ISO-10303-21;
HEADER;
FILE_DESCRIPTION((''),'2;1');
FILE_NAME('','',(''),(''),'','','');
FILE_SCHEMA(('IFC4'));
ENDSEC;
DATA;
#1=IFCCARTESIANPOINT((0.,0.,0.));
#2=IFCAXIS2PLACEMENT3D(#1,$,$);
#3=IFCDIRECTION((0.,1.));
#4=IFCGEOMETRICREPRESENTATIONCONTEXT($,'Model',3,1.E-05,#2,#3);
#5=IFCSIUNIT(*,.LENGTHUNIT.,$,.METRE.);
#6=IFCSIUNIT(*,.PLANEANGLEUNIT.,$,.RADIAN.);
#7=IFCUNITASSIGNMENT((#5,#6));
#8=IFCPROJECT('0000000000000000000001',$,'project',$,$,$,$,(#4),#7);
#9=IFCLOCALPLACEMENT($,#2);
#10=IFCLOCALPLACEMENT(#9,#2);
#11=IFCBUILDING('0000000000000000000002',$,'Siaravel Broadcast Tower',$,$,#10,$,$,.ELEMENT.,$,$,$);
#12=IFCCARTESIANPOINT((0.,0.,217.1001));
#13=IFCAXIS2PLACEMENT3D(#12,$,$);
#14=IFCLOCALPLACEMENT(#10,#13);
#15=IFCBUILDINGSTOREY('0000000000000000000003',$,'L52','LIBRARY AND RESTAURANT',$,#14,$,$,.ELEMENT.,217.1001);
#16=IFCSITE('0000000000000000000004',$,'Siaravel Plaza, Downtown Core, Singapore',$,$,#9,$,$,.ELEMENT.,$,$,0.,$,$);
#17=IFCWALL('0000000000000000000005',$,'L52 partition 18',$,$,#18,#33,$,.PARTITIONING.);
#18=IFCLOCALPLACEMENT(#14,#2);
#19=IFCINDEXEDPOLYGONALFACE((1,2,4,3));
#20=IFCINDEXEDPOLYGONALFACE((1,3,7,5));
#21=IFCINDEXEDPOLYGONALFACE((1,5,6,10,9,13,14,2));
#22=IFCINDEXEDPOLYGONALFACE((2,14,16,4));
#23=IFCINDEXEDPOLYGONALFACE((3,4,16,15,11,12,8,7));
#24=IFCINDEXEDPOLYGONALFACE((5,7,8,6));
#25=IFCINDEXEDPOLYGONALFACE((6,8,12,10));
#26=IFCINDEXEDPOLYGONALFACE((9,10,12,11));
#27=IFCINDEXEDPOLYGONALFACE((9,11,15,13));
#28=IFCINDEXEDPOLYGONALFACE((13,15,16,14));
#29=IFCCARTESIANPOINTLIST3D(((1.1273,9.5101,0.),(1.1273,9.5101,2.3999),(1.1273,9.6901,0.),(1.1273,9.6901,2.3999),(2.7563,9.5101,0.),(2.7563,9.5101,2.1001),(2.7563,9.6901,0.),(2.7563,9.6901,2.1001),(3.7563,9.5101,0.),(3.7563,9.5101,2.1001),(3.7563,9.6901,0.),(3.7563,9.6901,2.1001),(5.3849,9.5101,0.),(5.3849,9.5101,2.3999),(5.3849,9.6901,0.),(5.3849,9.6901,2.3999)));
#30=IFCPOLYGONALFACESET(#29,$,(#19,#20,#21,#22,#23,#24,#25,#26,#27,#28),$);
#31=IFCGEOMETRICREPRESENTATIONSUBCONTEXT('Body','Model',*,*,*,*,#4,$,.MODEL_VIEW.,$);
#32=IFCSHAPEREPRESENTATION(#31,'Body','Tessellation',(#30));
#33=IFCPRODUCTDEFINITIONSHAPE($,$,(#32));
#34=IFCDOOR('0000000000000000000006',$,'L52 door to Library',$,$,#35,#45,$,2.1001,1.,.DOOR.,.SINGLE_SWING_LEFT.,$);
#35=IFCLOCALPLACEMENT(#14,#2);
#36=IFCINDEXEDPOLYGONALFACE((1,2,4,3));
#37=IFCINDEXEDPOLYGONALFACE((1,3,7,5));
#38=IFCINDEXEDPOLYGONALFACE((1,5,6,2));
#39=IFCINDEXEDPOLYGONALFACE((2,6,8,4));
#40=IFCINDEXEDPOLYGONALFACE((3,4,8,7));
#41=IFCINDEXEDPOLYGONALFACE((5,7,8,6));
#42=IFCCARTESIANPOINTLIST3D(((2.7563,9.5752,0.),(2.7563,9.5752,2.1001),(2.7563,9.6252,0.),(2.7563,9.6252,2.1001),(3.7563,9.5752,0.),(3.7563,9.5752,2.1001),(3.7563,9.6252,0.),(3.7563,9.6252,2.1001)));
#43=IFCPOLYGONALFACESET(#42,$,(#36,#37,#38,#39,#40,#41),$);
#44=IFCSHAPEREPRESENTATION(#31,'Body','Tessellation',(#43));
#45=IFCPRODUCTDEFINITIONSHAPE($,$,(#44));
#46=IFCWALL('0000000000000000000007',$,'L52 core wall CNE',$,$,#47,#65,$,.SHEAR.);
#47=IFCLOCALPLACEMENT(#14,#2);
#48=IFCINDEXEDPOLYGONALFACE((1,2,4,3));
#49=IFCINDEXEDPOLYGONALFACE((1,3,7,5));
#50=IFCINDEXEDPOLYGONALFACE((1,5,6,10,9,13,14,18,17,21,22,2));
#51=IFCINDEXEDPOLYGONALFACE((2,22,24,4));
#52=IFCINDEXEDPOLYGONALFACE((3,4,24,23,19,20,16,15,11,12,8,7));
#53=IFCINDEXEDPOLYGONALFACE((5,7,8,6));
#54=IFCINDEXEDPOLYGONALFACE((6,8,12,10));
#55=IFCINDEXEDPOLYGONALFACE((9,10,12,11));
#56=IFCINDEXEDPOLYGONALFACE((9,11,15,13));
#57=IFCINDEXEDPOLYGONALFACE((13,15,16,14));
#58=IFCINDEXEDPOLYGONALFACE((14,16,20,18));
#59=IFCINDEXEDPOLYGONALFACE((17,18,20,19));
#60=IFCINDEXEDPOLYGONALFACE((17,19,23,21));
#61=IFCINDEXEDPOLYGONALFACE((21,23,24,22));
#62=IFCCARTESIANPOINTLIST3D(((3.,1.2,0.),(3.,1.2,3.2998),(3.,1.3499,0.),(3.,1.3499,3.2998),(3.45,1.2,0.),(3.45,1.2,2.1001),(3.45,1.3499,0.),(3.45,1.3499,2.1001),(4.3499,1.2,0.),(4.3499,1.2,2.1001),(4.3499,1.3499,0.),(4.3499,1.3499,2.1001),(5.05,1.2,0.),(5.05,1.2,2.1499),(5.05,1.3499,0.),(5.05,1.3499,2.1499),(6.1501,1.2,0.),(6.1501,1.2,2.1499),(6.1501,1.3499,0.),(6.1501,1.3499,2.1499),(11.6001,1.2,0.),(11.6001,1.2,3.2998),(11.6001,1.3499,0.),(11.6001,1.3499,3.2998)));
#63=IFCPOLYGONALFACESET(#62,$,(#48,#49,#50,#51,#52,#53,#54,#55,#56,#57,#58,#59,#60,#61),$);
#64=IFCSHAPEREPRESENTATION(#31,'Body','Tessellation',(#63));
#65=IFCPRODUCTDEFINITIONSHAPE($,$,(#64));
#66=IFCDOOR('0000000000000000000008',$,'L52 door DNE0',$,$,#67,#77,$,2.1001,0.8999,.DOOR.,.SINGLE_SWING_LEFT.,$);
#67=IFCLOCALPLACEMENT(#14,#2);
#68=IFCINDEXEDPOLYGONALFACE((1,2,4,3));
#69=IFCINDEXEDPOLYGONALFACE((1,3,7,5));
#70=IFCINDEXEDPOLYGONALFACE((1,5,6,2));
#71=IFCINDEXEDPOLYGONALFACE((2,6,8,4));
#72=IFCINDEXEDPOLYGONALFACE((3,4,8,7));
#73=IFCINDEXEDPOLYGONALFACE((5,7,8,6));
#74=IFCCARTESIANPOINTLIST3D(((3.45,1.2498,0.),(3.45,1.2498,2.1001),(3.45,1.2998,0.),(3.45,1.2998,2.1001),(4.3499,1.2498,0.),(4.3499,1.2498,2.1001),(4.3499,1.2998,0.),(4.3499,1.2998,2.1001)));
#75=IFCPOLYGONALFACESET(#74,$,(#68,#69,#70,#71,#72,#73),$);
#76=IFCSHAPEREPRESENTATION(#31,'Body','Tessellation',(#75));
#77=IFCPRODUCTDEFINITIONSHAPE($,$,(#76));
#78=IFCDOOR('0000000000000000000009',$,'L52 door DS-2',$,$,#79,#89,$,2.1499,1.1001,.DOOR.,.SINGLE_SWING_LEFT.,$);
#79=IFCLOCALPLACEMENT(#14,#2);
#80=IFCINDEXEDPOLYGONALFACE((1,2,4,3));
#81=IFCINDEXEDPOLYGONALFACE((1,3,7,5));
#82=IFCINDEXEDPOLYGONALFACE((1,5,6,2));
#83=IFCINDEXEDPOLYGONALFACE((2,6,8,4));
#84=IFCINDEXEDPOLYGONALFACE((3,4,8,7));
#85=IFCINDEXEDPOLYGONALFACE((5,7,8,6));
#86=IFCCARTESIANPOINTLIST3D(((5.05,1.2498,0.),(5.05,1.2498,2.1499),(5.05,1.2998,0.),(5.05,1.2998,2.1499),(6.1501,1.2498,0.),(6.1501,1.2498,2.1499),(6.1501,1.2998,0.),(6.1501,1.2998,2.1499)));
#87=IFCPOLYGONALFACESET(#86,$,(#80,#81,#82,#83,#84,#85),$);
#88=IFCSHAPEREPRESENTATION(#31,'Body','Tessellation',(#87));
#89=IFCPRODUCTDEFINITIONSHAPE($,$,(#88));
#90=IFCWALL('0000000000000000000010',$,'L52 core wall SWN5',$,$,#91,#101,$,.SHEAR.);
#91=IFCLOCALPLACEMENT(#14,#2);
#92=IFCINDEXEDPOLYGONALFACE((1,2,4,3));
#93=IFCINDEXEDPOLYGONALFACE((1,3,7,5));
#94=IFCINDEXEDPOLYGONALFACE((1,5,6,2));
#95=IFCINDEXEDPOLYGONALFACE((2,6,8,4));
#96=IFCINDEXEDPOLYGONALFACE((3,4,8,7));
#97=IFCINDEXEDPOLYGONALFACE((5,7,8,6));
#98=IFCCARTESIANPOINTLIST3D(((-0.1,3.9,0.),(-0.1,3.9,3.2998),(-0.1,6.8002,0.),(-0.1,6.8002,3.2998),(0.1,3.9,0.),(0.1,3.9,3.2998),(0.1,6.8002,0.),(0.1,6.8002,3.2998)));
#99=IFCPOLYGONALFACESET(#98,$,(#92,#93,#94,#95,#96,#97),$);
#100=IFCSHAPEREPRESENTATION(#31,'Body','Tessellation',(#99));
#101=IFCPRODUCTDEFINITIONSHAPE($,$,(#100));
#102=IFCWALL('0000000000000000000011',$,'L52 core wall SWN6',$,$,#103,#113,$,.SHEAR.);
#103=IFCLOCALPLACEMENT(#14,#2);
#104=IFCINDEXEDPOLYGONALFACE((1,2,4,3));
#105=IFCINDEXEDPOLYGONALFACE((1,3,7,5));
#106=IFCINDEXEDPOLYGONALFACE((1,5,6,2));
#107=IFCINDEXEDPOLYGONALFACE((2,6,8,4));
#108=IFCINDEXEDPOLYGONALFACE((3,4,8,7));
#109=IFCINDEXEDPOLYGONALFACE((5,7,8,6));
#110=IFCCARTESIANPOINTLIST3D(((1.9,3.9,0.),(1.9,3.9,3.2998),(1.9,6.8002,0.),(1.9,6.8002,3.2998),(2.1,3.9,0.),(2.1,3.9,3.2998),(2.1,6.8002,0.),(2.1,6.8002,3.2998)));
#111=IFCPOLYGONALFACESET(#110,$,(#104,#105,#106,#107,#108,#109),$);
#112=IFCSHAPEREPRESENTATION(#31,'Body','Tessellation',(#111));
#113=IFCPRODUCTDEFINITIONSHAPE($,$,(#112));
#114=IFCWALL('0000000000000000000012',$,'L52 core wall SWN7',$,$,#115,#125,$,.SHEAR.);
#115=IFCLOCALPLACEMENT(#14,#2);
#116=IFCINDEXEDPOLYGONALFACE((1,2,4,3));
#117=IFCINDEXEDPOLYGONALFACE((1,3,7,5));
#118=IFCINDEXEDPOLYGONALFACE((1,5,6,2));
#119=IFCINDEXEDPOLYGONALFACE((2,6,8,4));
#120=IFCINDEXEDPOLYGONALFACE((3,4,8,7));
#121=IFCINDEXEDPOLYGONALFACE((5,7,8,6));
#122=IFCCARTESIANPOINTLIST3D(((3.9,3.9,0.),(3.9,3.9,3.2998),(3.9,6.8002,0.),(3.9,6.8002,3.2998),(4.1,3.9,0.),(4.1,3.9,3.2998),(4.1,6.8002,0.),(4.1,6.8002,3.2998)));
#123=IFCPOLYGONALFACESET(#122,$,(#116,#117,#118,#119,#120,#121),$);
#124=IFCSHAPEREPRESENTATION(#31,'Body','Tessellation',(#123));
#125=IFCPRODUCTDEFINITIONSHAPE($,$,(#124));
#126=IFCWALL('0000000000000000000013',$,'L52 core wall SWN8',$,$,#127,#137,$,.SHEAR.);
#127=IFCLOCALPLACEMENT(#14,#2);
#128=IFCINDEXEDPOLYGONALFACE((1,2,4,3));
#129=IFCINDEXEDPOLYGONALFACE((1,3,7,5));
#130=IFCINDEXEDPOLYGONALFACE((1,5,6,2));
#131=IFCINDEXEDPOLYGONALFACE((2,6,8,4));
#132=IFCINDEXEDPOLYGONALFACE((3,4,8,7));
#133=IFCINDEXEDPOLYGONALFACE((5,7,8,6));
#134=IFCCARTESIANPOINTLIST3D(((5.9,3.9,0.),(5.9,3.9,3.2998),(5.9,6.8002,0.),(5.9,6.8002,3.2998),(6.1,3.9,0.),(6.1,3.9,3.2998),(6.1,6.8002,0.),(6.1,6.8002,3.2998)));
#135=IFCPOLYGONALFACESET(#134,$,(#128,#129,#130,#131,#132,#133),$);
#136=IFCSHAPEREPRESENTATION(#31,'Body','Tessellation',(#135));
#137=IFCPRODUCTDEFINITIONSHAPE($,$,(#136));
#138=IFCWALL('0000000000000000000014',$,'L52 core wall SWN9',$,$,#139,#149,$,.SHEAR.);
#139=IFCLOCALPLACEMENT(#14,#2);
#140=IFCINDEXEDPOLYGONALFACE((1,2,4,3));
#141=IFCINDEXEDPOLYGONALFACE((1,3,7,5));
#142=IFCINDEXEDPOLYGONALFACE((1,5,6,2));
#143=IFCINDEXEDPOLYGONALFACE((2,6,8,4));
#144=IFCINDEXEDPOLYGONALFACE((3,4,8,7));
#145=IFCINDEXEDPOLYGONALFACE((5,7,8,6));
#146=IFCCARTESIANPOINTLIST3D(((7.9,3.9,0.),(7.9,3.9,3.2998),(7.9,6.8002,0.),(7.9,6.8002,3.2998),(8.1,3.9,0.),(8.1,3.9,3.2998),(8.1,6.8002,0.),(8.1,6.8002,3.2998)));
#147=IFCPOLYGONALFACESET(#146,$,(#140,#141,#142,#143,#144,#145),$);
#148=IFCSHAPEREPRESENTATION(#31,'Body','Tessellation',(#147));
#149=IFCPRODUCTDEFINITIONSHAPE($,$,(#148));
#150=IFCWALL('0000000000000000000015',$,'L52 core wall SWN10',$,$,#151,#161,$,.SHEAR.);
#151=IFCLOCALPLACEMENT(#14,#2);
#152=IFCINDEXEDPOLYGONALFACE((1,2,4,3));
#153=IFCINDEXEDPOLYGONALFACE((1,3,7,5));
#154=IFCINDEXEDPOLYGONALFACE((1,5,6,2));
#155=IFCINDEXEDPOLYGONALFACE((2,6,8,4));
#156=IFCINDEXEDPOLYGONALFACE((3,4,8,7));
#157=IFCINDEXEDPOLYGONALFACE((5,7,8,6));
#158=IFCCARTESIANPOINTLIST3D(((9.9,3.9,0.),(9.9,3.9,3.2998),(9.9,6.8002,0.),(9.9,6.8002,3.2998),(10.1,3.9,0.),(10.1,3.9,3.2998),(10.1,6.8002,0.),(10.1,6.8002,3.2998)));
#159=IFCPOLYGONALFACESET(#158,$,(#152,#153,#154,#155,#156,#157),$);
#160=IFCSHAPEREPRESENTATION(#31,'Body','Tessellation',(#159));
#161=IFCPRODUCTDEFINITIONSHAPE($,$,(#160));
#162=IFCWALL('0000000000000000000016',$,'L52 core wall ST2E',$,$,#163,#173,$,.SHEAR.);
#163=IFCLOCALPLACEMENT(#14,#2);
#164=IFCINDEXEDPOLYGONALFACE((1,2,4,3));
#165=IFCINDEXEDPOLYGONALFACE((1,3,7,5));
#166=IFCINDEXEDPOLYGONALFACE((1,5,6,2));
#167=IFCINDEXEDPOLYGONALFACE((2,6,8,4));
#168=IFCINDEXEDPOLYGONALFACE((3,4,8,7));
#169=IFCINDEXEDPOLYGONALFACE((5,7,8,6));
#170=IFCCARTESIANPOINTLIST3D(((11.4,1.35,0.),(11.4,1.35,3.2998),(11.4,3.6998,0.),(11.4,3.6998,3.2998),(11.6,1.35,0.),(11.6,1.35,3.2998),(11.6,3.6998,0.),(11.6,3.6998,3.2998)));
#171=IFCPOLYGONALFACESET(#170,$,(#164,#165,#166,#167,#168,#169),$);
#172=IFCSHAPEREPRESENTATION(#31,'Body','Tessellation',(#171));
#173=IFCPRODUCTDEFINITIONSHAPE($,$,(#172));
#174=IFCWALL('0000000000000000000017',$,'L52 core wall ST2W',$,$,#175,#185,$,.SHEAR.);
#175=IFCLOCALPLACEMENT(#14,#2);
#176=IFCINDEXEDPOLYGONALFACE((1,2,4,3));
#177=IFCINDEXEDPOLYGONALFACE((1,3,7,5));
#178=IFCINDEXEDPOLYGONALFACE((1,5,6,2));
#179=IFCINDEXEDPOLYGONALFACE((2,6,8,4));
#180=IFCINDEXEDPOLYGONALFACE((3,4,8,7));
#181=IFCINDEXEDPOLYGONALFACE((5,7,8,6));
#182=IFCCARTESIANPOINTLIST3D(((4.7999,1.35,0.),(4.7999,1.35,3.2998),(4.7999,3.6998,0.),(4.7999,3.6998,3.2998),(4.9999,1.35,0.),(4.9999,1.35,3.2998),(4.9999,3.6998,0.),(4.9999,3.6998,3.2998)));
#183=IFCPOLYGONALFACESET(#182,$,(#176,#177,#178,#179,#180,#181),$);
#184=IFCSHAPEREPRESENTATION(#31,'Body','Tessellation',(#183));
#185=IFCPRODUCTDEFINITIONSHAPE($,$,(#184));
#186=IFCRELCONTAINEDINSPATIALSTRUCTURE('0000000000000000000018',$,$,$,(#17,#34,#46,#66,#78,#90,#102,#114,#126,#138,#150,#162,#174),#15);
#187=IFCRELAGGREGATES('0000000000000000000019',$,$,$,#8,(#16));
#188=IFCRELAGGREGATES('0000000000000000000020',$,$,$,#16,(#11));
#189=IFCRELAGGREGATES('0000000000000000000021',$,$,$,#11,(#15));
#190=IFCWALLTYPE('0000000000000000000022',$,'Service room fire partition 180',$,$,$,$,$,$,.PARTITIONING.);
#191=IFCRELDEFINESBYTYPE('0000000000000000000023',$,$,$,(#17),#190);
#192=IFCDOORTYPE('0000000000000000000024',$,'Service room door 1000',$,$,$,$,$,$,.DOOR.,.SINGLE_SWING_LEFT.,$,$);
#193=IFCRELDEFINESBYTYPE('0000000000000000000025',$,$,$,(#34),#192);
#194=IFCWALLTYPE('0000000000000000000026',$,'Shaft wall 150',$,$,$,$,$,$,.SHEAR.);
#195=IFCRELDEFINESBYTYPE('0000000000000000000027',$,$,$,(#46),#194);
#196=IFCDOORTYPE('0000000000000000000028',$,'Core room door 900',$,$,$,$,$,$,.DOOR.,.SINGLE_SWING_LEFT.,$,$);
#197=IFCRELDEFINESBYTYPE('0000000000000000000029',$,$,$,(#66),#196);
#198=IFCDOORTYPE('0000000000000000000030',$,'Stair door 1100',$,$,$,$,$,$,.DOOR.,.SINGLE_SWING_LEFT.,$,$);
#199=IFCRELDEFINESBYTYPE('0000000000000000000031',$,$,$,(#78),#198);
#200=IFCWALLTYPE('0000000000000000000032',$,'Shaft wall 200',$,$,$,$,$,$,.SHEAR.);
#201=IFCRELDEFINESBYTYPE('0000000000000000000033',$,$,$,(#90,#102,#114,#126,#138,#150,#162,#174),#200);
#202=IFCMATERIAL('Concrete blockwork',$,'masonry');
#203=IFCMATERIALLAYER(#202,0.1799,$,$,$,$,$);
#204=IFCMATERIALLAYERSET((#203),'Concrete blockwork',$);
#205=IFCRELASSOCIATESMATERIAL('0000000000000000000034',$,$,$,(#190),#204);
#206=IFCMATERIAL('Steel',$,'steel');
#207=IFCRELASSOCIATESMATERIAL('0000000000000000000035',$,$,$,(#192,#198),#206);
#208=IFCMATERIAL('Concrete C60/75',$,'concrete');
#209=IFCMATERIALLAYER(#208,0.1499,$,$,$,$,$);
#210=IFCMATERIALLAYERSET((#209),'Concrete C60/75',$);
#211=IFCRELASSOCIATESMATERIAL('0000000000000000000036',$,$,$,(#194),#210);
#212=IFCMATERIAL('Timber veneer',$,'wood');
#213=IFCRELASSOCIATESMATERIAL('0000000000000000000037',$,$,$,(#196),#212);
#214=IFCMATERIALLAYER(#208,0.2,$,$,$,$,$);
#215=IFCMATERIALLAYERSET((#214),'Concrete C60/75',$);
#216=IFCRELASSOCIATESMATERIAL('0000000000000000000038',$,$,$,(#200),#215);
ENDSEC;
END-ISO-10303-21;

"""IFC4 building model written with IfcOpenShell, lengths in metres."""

from ifc_helpers import new_model, si_unit, direction, frame, frame_2d, origin, place, context, subcontext, project, spatial, rectangle, extrude, material, layer, layer_set, type_object, element, fill, save


model = new_model("IFC4")

# Units and contexts
model_context = context("Model", 3, precision=1e-05, world=origin(), true_north=direction((0.0, 1.0)))
body_context = subcontext(model_context, "Body", "Model", "MODEL_VIEW")
ifc_project = project(units=[si_unit("LENGTHUNIT", "METRE"), si_unit("PLANEANGLEUNIT", "RADIAN")], contexts=[model_context])

# Site, building, storey
site_placement = place(None, origin())
site = spatial("IfcSite", under=ifc_project, at=site_placement, Name="Siaravel Plaza, Downtown Core, Singapore", CompositionType="ELEMENT", RefElevation=0.0)
building_placement = place(site_placement, origin())
building = spatial("IfcBuilding", under=site, at=building_placement, Name="Siaravel Broadcast Tower", CompositionType="ELEMENT")
storey_placement = place(building_placement, frame((0.0, 0.0, 217.1001)))
storey = spatial("IfcBuildingStorey", under=building, at=storey_placement, Name="L52", Description="LIBRARY AND RESTAURANT", CompositionType="ELEMENT", Elevation=217.1001)

# Shared definitions
ifc_material_1 = material(Name="Concrete blockwork", Category="masonry")

# Wall, opening, door
ifc_layer_1 = layer(ifc_material_1, 0.1799)
ifc_layer_set_1 = layer_set([ifc_layer_1], Name="Concrete blockwork")
wall_type_1 = type_object("IfcWallType", Name="Service room fire partition 180", PredefinedType="PARTITIONING", material=ifc_layer_set_1)
ifc_material_2 = material(Name="Steel", Category="steel")
door_type_1 = type_object("IfcDoorType", Name="Service room door 1000", OperationType="SINGLE_SWING_LEFT", PredefinedType="DOOR", material=ifc_material_2)
wall_1_placement = place(storey_placement, frame((5.385, 9.6001, 0.0), z_axis=(0.0, 0.0, 1.0), x_axis=(-1.0, 0.0, 0.0)))
wall_1 = element("IfcWall", 1, at=wall_1_placement, inside=storey, type_object=wall_type_1, Name="L52 partition 18", PredefinedType="PARTITIONING", context=body_context, shape_type="SweptSolid", body=[
    extrude(rectangle(XDim=4.2576, YDim=0.1799, at=frame_2d((2.1289, 0.0))), origin(), (0.0, 0.0, 1.0), 2.3999),
])
opening_1_placement = place(wall_1_placement, frame((1.6287, 0.0, 0.0)))
opening_1 = element("IfcOpeningElement", 2, at=opening_1_placement, cuts=wall_1, PredefinedType="OPENING", context=body_context, shape_type="SweptSolid", body=[
    extrude(rectangle(XDim=1.0, YDim=2.1001, at=frame_2d((0.5, 1.05))), frame((0.0, 0.0999, 0.0), z_axis=(0.0, -1.0, 0.0), x_axis=(1.0, 0.0, 0.0)), (0.0, 0.0, 1.0), 0.2),
])
door_1_placement = place(opening_1_placement, origin())
door_1 = element("IfcDoor", 3, at=door_1_placement, inside=storey, type_object=door_type_1, Name="L52 door to Library", OperationType="SINGLE_SWING_LEFT", OverallHeight=2.1001, OverallWidth=1.0, PredefinedType="DOOR", context=body_context, shape_type="SweptSolid", body=[
    extrude(rectangle(XDim=1.0, YDim=2.1001, at=frame_2d((0.5, 1.05))), frame((0.0, 0.0249, 0.0), z_axis=(0.0, -1.0, 0.0), x_axis=(1.0, 0.0, 0.0)), (0.0, 0.0, 1.0), 0.05),
])
fill(opening_1, door_1)

# Wall, openings, doors
ifc_material_3 = material(Name="Concrete C60/75", Category="concrete")
ifc_layer_2 = layer(ifc_material_3, 0.1499)
ifc_layer_set_2 = layer_set([ifc_layer_2], Name="Concrete C60/75")
wall_type_2 = type_object("IfcWallType", Name="Shaft wall 150", PredefinedType="SHEAR", material=ifc_layer_set_2)
wall_2_placement = place(storey_placement, frame((3.0, 1.2749, 0.0), z_axis=(0.0, 0.0, 1.0), x_axis=(1.0, 0.0, 0.0)))
wall_2 = element("IfcWall", 4, at=wall_2_placement, inside=storey, type_object=wall_type_2, Name="L52 core wall CNE", PredefinedType="SHEAR", context=body_context, shape_type="SweptSolid", body=[
    extrude(rectangle(XDim=8.6001, YDim=0.1499, at=frame_2d((4.3, 0.0))), origin(), (0.0, 0.0, 1.0), 3.2998),
])
opening_2_placement = place(wall_2_placement, frame((2.05, 0.0, 0.0)))
opening_2 = element("IfcOpeningElement", 5, at=opening_2_placement, cuts=wall_2, PredefinedType="OPENING", context=body_context, shape_type="SweptSolid", body=[
    extrude(rectangle(XDim=1.1001, YDim=2.1499, at=frame_2d((0.55, 1.075))), frame((0.0, 0.085, 0.0), z_axis=(0.0, -1.0, 0.0), x_axis=(1.0, 0.0, 0.0)), (0.0, 0.0, 1.0), 0.1699),
])
opening_3_placement = place(wall_2_placement, frame((0.45, 0.0, 0.0)))
opening_3 = element("IfcOpeningElement", 6, at=opening_3_placement, cuts=wall_2, PredefinedType="OPENING", context=body_context, shape_type="SweptSolid", body=[
    extrude(rectangle(XDim=0.8999, YDim=2.1001, at=frame_2d((0.45, 1.05))), frame((0.0, 0.085, 0.0), z_axis=(0.0, -1.0, 0.0), x_axis=(1.0, 0.0, 0.0)), (0.0, 0.0, 1.0), 0.1699),
])
ifc_material_4 = material(Name="Timber veneer", Category="wood")
door_type_2 = type_object("IfcDoorType", Name="Core room door 900", OperationType="SINGLE_SWING_LEFT", PredefinedType="DOOR", material=ifc_material_4)
door_2_placement = place(opening_3_placement, origin())
door_2 = element("IfcDoor", 7, at=door_2_placement, inside=storey, type_object=door_type_2, Name="L52 door DNE0", OperationType="SINGLE_SWING_LEFT", OverallHeight=2.1001, OverallWidth=0.8999, PredefinedType="DOOR", context=body_context, shape_type="SweptSolid", body=[
    extrude(rectangle(XDim=0.8999, YDim=2.1001, at=frame_2d((0.45, 1.05))), frame((0.0, 0.0249, 0.0), z_axis=(0.0, -1.0, 0.0), x_axis=(1.0, 0.0, 0.0)), (0.0, 0.0, 1.0), 0.05),
])
fill(opening_3, door_2)
door_type_3 = type_object("IfcDoorType", Name="Stair door 1100", OperationType="SINGLE_SWING_LEFT", PredefinedType="DOOR", material=ifc_material_2)
door_3_placement = place(opening_2_placement, origin())
door_3 = element("IfcDoor", 8, at=door_3_placement, inside=storey, type_object=door_type_3, Name="L52 door DS-2", OperationType="SINGLE_SWING_LEFT", OverallHeight=2.1499, OverallWidth=1.1001, PredefinedType="DOOR", context=body_context, shape_type="SweptSolid", body=[
    extrude(rectangle(XDim=1.1001, YDim=2.1499, at=frame_2d((0.55, 1.075))), frame((0.0, 0.0249, 0.0), z_axis=(0.0, -1.0, 0.0), x_axis=(1.0, 0.0, 0.0)), (0.0, 0.0, 1.0), 0.05),
])
fill(opening_2, door_3)

# Walls
ifc_layer_3 = layer(ifc_material_3, 0.2)
ifc_layer_set_3 = layer_set([ifc_layer_3], Name="Concrete C60/75")
wall_type_3 = type_object("IfcWallType", Name="Shaft wall 200", PredefinedType="SHEAR", material=ifc_layer_set_3)
for number, where, z_axis, x_axis, name in (
    (9, (0.0, 3.8999, 0.0), (0.0, 0.0, 1.0), (0.0, 1.0, 0.0), "L52 core wall SWN5"),
    (10, (2.0, 3.8999, 0.0), (0.0, 0.0, 1.0), (0.0, 1.0, 0.0), "L52 core wall SWN6"),
    (11, (4.0, 3.8999, 0.0), (0.0, 0.0, 1.0), (0.0, 1.0, 0.0), "L52 core wall SWN7"),
    (12, (6.0, 3.8999, 0.0), (0.0, 0.0, 1.0), (0.0, 1.0, 0.0), "L52 core wall SWN8"),
    (13, (8.0, 3.8999, 0.0), (0.0, 0.0, 1.0), (0.0, 1.0, 0.0), "L52 core wall SWN9"),
    (14, (10.0, 3.8999, 0.0), (0.0, 0.0, 1.0), (0.0, 1.0, 0.0), "L52 core wall SWN10"),
):
    element("IfcWall", number, at=place(storey_placement, frame(where, z_axis=z_axis, x_axis=x_axis)), inside=storey, type_object=wall_type_3, Name=name, PredefinedType="SHEAR", context=body_context, shape_type="SweptSolid", body=[
        extrude(rectangle(XDim=2.9001, YDim=0.2, at=frame_2d((1.4502, 0.0))), origin(), (0.0, 0.0, 1.0), 3.2998),
    ])
for number, where, z_axis, x_axis, name in (
    (15, (11.5, 1.3501, 0.0), (0.0, 0.0, 1.0), (0.0, 1.0, 0.0), "L52 core wall ST2E"),
    (16, (4.8999, 1.3501, 0.0), (0.0, 0.0, 1.0), (0.0, 1.0, 0.0), "L52 core wall ST2W"),
):
    element("IfcWall", number, at=place(storey_placement, frame(where, z_axis=z_axis, x_axis=x_axis)), inside=storey, type_object=wall_type_3, Name=name, PredefinedType="SHEAR", context=body_context, shape_type="SweptSolid", body=[
        extrude(rectangle(XDim=2.3499, YDim=0.2, at=frame_2d((1.1748, 0.0))), origin(), (0.0, 0.0, 1.0), 3.2998),
    ])

save(model, "model.ifc")
